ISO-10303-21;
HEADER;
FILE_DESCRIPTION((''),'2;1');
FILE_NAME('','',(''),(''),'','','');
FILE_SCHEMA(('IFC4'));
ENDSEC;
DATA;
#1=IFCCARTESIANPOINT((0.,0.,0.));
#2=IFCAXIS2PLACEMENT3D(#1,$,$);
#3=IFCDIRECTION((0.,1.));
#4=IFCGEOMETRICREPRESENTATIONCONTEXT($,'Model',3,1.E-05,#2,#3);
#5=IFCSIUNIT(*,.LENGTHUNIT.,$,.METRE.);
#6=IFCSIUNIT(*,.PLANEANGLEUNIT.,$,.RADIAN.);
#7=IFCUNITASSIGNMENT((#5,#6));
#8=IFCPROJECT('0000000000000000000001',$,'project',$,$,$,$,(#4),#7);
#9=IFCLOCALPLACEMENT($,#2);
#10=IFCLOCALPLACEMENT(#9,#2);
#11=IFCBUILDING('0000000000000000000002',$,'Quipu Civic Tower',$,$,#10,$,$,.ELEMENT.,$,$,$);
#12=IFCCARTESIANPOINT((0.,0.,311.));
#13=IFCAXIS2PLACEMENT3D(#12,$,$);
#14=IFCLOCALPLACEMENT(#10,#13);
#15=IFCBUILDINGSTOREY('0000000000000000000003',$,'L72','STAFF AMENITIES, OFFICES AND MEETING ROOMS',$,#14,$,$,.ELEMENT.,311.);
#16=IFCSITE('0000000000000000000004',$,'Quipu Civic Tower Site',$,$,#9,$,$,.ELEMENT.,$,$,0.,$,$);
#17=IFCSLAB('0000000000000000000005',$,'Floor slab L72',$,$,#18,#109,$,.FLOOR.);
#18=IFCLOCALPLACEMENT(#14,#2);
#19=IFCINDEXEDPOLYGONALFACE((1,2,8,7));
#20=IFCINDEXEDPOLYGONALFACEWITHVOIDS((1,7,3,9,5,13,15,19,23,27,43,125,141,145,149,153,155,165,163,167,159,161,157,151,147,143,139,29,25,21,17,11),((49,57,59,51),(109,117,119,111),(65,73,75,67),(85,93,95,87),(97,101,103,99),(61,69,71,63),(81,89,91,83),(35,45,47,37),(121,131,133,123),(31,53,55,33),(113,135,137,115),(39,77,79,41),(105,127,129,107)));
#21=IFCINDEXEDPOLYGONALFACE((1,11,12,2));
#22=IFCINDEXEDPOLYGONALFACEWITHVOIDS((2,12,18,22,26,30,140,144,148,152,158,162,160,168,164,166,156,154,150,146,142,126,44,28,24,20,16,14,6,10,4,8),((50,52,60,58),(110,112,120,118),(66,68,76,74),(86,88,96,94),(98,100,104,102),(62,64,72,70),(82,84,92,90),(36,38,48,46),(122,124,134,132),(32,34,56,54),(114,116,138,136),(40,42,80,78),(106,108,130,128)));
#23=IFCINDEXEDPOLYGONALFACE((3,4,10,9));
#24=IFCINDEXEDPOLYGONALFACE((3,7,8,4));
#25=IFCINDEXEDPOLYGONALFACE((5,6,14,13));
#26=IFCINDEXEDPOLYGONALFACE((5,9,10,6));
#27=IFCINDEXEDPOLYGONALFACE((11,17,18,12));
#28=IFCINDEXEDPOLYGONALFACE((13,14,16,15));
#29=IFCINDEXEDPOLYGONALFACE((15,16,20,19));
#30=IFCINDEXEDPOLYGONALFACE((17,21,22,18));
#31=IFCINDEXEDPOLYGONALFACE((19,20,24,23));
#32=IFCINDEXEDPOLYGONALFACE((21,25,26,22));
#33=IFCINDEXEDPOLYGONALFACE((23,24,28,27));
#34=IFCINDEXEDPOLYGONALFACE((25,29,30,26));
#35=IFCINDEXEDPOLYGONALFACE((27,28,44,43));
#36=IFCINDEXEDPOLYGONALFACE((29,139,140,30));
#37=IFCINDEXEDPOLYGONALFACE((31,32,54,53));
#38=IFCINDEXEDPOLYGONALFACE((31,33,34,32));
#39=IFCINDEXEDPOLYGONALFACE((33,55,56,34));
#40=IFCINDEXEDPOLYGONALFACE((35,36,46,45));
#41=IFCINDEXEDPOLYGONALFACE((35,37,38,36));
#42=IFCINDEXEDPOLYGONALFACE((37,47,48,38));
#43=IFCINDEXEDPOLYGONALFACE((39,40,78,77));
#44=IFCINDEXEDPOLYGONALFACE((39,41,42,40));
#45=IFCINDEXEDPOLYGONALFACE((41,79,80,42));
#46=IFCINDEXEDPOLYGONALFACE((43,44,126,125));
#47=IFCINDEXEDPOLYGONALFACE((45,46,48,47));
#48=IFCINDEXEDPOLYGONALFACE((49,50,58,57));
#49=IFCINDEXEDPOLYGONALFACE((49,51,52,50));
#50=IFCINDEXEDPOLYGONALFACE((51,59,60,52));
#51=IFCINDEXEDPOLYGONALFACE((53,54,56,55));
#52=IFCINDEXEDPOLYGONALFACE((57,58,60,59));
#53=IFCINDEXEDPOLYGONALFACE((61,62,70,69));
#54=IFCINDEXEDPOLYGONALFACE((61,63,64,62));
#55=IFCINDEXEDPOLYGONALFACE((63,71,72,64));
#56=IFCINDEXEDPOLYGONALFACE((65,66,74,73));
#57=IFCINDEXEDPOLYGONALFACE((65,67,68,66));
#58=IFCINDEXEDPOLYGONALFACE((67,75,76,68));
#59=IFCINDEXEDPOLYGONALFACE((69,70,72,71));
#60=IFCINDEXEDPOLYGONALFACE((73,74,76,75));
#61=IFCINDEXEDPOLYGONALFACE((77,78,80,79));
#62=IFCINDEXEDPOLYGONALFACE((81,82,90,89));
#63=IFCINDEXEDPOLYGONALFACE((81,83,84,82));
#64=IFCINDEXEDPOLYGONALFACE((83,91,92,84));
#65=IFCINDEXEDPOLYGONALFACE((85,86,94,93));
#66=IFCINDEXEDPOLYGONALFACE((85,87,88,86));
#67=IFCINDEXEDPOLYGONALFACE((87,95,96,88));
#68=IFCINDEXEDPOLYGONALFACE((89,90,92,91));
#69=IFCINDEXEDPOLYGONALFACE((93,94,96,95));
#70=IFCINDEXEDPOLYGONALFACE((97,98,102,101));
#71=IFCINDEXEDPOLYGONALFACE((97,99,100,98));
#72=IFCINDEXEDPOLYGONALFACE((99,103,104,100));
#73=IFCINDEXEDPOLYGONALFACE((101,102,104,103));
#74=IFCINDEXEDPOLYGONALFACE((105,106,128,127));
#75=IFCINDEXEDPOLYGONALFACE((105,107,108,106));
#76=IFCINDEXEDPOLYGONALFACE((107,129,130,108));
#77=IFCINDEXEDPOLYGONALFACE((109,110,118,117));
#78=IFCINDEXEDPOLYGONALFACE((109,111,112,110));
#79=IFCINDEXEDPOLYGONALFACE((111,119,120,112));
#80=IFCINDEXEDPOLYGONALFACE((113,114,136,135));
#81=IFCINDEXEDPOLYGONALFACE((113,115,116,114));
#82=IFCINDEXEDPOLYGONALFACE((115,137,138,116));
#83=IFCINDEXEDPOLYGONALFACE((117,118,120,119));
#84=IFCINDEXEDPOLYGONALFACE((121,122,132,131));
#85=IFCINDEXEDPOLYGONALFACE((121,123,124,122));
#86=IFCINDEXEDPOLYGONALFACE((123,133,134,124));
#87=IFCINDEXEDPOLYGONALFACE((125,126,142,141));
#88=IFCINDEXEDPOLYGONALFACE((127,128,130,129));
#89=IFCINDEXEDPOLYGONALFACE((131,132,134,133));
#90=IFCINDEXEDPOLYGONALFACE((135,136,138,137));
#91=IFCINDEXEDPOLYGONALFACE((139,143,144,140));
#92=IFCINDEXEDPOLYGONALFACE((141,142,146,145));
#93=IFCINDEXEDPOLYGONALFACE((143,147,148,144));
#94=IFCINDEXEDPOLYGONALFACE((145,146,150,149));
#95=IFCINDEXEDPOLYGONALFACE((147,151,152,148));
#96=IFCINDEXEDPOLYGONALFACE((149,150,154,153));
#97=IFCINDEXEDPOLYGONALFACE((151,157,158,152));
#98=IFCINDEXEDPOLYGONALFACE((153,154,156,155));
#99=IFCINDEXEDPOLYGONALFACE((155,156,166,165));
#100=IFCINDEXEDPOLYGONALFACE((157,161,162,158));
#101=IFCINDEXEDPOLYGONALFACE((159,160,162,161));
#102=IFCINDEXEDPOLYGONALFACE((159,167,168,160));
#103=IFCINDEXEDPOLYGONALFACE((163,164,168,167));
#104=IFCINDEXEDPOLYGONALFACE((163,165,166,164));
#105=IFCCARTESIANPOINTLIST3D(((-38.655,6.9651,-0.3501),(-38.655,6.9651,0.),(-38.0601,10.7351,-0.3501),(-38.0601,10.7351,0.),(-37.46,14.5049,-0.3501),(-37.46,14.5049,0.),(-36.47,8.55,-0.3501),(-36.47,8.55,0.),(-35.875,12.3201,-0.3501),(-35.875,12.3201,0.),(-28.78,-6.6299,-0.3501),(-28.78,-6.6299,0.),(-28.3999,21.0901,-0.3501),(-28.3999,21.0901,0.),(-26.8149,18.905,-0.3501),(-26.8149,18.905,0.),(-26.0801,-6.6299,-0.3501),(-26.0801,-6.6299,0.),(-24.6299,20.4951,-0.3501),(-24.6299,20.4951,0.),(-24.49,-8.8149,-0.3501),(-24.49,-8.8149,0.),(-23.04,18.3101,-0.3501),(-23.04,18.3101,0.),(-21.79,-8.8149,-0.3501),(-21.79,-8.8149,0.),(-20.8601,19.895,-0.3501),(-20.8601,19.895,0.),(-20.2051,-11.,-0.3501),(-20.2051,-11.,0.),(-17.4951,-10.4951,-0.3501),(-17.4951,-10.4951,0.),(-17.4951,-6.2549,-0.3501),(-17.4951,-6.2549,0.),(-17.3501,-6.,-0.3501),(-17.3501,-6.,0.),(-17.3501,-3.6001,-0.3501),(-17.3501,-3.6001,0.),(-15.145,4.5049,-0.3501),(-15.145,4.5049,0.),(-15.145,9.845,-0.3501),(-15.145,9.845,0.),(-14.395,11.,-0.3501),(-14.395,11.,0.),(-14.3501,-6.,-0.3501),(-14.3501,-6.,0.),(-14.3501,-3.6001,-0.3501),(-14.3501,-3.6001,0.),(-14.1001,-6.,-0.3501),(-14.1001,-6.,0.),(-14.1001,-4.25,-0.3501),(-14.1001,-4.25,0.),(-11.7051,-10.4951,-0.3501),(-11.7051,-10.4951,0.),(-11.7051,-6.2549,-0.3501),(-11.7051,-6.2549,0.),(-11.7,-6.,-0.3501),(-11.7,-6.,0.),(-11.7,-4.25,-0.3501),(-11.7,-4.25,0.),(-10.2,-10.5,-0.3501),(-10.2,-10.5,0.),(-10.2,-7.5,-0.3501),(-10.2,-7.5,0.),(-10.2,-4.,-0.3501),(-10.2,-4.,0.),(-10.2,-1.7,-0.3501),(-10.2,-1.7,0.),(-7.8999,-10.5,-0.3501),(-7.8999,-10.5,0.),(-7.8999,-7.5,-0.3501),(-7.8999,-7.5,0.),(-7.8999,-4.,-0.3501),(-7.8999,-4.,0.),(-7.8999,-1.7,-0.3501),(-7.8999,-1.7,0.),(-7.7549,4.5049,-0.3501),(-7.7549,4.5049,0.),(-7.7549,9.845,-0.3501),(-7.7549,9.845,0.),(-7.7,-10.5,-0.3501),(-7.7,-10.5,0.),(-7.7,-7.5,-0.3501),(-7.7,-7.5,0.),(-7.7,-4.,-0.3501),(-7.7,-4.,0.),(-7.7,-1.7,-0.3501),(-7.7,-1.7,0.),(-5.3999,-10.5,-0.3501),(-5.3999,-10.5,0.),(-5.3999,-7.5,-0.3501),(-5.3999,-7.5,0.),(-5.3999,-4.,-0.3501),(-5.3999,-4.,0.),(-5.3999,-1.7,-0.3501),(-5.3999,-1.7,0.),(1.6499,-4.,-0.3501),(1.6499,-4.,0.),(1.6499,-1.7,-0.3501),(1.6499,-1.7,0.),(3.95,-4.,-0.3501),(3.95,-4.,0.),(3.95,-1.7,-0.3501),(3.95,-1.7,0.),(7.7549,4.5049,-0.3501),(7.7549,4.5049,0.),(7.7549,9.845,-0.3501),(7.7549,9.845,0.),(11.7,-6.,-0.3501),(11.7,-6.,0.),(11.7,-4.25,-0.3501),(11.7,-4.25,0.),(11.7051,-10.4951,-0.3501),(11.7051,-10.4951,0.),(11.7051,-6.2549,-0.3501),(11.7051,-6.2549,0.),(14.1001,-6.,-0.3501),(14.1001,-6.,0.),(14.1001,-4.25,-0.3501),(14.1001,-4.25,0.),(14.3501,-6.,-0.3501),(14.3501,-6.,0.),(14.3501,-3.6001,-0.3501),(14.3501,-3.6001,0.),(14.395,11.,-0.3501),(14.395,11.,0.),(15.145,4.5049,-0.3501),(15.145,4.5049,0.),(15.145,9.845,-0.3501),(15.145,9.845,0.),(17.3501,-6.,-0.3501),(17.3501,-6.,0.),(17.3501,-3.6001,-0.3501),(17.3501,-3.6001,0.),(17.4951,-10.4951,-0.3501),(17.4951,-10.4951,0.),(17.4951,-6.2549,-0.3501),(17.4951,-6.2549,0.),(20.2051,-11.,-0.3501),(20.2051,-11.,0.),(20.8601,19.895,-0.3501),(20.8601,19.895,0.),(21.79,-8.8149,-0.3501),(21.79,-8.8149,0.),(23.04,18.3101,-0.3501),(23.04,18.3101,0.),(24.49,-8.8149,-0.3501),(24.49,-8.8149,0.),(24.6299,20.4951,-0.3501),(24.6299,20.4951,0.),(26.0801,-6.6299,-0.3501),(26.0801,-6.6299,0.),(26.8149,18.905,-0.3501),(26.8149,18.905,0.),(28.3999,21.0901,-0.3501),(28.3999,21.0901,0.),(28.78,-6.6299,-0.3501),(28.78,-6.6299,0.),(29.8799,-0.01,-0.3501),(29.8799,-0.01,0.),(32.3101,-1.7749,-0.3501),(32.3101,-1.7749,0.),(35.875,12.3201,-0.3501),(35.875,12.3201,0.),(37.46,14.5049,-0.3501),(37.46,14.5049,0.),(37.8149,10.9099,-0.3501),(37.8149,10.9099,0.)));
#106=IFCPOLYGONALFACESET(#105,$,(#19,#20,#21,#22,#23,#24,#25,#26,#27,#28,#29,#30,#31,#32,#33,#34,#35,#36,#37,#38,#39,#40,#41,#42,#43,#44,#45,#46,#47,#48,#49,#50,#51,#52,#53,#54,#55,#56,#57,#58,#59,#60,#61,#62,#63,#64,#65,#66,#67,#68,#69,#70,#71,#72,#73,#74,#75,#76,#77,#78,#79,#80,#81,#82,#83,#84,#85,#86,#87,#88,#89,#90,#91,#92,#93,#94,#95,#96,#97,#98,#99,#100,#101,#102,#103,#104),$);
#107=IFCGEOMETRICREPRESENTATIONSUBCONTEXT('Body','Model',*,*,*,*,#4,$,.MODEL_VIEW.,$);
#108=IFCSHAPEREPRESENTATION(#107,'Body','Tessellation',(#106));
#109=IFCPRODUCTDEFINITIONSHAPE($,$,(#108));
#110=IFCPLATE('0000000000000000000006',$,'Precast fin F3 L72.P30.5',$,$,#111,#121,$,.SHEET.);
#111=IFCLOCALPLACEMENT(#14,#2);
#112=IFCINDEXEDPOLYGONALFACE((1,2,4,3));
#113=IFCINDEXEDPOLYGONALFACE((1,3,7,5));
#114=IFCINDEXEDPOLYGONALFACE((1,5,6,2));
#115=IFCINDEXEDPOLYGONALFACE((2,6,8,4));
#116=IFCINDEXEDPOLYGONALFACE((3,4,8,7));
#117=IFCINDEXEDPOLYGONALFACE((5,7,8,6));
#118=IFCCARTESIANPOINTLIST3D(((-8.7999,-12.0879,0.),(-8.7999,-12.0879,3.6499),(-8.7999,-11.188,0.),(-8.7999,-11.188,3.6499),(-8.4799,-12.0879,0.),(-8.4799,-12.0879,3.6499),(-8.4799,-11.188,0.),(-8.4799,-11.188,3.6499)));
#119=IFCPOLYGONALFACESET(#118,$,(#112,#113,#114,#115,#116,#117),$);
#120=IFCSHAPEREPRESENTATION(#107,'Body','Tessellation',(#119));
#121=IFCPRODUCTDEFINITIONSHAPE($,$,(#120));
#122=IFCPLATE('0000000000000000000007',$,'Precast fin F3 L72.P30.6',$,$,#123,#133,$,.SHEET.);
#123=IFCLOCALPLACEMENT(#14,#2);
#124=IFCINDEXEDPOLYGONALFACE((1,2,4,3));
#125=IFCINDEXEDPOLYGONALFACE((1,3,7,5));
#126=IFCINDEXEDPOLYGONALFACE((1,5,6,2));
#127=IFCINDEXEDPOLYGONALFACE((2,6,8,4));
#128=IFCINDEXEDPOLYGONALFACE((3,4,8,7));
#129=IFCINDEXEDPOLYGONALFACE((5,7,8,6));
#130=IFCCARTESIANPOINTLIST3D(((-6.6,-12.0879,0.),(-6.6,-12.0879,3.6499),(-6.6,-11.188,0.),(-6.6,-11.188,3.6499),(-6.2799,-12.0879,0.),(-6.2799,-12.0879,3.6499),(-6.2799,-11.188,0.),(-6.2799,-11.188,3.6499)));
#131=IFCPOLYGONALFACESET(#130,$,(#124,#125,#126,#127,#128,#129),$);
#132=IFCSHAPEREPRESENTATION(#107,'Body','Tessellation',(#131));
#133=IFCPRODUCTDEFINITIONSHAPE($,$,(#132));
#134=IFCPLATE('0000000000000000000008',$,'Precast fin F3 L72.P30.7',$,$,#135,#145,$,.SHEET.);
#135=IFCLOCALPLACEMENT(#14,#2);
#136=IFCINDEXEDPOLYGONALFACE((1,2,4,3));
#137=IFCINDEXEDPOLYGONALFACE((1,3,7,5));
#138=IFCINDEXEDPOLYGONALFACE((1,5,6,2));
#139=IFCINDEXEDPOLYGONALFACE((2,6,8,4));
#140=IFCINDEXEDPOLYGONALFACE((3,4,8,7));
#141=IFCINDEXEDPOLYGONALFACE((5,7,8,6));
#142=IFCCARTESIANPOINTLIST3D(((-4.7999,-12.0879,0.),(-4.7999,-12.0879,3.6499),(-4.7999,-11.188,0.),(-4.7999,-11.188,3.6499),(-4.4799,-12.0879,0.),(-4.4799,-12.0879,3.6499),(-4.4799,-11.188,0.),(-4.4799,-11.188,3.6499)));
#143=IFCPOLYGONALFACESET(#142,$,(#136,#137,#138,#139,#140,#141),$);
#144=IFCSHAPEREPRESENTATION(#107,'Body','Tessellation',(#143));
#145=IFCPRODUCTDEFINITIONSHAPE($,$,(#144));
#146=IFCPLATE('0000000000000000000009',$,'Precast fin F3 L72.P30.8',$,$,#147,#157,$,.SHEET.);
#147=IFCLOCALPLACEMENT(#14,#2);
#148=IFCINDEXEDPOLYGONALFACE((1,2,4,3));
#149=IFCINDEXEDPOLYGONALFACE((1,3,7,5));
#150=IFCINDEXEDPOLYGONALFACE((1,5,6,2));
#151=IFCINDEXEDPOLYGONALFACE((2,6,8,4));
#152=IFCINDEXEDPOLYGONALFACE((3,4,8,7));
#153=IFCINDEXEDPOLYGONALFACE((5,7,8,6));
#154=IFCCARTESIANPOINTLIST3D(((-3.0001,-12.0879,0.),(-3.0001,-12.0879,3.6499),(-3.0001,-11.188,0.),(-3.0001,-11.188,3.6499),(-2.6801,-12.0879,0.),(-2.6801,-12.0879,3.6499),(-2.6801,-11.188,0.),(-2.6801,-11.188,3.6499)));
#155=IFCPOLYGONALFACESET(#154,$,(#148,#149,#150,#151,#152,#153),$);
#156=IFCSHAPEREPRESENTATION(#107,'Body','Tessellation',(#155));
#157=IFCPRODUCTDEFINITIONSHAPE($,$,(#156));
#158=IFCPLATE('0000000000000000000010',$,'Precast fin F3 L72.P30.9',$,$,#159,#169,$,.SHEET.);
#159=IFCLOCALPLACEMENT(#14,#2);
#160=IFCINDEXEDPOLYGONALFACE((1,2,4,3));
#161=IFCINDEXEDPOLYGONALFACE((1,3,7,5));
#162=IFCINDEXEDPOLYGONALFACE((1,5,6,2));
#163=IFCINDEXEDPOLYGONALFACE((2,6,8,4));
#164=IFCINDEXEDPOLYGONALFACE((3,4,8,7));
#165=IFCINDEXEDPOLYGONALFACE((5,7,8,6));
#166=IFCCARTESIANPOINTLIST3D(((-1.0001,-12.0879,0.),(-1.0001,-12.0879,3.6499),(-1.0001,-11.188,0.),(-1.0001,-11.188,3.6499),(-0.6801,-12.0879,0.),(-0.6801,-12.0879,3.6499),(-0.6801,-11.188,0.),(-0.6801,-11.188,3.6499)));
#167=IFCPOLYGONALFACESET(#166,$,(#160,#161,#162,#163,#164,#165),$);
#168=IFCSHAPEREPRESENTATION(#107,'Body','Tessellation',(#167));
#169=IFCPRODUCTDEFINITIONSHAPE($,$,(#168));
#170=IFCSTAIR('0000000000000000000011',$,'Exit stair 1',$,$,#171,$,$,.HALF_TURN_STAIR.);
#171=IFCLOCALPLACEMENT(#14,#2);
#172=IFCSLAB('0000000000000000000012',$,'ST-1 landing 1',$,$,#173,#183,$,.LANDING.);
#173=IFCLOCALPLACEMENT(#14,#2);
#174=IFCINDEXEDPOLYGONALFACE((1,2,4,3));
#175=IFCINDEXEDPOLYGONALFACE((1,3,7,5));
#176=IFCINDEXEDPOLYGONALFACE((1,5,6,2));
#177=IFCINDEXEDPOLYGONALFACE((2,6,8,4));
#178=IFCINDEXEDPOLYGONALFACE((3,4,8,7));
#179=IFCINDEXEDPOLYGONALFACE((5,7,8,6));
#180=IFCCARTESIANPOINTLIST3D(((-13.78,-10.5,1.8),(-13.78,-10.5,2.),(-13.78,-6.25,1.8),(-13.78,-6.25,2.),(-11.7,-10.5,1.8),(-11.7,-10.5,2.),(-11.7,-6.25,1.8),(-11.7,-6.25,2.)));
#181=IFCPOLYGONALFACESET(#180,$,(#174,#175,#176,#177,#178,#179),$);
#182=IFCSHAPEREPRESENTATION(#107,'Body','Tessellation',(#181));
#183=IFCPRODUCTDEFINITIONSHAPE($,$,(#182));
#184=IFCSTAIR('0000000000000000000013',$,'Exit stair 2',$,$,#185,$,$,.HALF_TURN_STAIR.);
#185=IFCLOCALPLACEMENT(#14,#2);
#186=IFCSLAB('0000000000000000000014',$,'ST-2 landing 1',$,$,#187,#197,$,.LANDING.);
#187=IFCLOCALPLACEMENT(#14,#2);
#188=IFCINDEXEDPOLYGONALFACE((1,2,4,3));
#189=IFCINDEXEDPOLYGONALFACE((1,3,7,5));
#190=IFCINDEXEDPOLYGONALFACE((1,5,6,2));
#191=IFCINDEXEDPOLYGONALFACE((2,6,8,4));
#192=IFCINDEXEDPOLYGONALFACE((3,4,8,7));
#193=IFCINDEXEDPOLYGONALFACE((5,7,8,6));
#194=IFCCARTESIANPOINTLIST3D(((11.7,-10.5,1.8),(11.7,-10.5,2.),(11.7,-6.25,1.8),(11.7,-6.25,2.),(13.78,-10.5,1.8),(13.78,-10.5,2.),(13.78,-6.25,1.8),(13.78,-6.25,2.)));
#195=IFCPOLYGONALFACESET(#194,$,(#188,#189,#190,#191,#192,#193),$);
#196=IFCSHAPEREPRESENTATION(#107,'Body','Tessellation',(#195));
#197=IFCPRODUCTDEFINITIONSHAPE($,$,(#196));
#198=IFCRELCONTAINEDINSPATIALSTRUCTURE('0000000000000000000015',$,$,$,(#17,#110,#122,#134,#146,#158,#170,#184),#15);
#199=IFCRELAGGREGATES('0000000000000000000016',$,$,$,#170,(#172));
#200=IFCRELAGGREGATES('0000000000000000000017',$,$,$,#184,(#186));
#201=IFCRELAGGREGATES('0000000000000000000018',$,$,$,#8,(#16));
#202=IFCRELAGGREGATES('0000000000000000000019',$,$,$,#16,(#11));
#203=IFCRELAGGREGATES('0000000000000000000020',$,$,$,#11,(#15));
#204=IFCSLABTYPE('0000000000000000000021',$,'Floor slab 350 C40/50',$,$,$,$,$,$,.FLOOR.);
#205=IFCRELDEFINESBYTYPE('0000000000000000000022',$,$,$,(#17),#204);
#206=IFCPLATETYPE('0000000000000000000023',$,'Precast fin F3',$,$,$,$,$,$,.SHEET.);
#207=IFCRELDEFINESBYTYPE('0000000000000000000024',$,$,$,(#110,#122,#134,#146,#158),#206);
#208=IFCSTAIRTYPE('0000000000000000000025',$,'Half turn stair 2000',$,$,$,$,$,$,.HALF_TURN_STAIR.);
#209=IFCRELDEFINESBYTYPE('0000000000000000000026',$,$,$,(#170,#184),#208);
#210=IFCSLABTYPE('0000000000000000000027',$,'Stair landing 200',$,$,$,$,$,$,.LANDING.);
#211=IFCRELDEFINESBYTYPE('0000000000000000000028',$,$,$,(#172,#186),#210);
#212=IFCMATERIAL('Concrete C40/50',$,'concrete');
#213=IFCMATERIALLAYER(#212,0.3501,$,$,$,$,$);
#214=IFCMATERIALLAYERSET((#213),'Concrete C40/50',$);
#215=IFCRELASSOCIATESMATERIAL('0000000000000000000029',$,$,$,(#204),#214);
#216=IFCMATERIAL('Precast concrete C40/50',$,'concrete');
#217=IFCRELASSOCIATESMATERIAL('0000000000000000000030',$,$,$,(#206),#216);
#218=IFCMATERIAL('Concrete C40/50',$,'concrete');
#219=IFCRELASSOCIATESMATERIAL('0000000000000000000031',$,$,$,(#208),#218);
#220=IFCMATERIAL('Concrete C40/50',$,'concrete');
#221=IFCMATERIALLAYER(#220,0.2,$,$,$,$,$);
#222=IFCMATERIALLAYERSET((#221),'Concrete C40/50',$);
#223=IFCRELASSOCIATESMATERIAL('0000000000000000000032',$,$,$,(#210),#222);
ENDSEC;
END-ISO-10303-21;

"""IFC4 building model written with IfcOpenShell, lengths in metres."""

from ifc_helpers import new_model, si_unit, direction, frame, origin, origin_2d, place, context, subcontext, project, spatial, polyline, rectangle, outline, extrude, material, layer, layer_set, type_object, element, aggregate, save


model = new_model("IFC4")

# Units and contexts
model_context = context("Model", 3, precision=1e-05, world=origin(), true_north=direction((0.0, 1.0)))
body_context = subcontext(model_context, "Body", "Model", "MODEL_VIEW")
ifc_project = project(units=[si_unit("LENGTHUNIT", "METRE"), si_unit("PLANEANGLEUNIT", "RADIAN")], contexts=[model_context])

# Site, building, storey
site_placement = place(None, origin())
site = spatial("IfcSite", under=ifc_project, at=site_placement, Name="Quipu Civic Tower Site", CompositionType="ELEMENT", RefElevation=0.0)
building_placement = place(site_placement, origin())
building = spatial("IfcBuilding", under=site, at=building_placement, Name="Quipu Civic Tower", CompositionType="ELEMENT")
storey_placement = place(building_placement, frame((0.0, 0.0, 311.0)))
storey = spatial("IfcBuildingStorey", under=building, at=storey_placement, Name="L72", Description="STAFF AMENITIES, OFFICES AND MEETING ROOMS", CompositionType="ELEMENT", Elevation=311.0)

# Slab
ifc_material_1 = material(Name="Concrete C40/50", Category="concrete")
ifc_layer_1 = layer(ifc_material_1, 0.3501)
ifc_layer_set_1 = layer_set([ifc_layer_1], Name="Concrete C40/50")
slab_type_1 = type_object("IfcSlabType", Name="Floor slab 350 C40/50", PredefinedType="FLOOR", material=ifc_layer_set_1)
slab_1_placement = place(storey_placement, frame((0.0, 0.0, -0.3501)))
element("IfcSlab", 1, at=slab_1_placement, inside=storey, type_object=slab_type_1, Name="Floor slab L72", PredefinedType="FLOOR", context=body_context, shape_type="SweptSolid", body=[
    extrude(outline(polyline([(24.49, -8.8149), (21.79, -8.8149), (20.2051, -11.0), (-20.2051, -11.0), (-21.79, -8.8149), (-24.49, -8.8149), (-26.0801, -6.6299), (-28.78, -6.6299), (-38.655, 6.9651), (-36.47, 8.55), (-38.0601, 10.7351), (-35.875, 12.3201), (-37.46, 14.5049), (-28.3999, 21.0901), (-26.8149, 18.905), (-24.6299, 20.4951), (-23.04, 18.3101), (-20.8601, 19.895), (-14.395, 11.0), (14.395, 11.0), (20.8601, 19.895), (23.04, 18.3101), (24.6299, 20.4951), (26.8149, 18.905), (28.3999, 21.0901), (37.46, 14.5049), (35.875, 12.3201), (37.8149, 10.9099), (29.8799, -0.01), (32.3101, -1.7749), (28.78, -6.6299), (26.0801, -6.6299), (24.49, -8.8149)]), holes=[polyline([(-10.2, -10.5), (-7.8999, -10.5), (-7.8999, -7.5), (-10.2, -7.5), (-10.2, -10.5)]), polyline([(-7.7, -7.5), (-7.7, -10.5), (-5.3999, -10.5), (-5.3999, -7.5), (-7.7, -7.5)]), polyline([(-11.7051, -6.2549), (-17.4951, -6.2549), (-17.4951, -10.4951), (-11.7051, -10.4951), (-11.7051, -6.2549)]), polyline([(-14.1001, -6.0), (-11.7, -6.0), (-11.7, -4.25), (-14.1001, -4.25), (-14.1001, -6.0)]), polyline([(-17.3501, -3.6001), (-17.3501, -6.0), (-14.3501, -6.0), (-14.3501, -3.6001), (-17.3501, -3.6001)]), polyline([(-10.2, -1.7), (-10.2, -4.0), (-7.8999, -4.0), (-7.8999, -1.7), (-10.2, -1.7)]), polyline([(-15.145, 9.845), (-15.145, 4.5049), (-7.7549, 4.5049), (-7.7549, 9.845), (-15.145, 9.845)]), polyline([(11.7051, -10.4951), (17.4951, -10.4951), (17.4951, -6.2549), (11.7051, -6.2549), (11.7051, -10.4951)]), polyline([(11.7, -4.25), (11.7, -6.0), (14.1001, -6.0), (14.1001, -4.25), (11.7, -4.25)]), polyline([(14.3501, -3.6001), (14.3501, -6.0), (17.3501, -6.0), (17.3501, -3.6001), (14.3501, -3.6001)]), polyline([(-7.7, -1.7), (-7.7, -4.0), (-5.3999, -4.0), (-5.3999, -1.7), (-7.7, -1.7)]), polyline([(1.6499, -1.7), (1.6499, -4.0), (3.95, -4.0), (3.95, -1.7), (1.6499, -1.7)]), polyline([(7.7549, 4.5049), (15.145, 4.5049), (15.145, 9.845), (7.7549, 9.845), (7.7549, 4.5049)])]), origin(), (0.0, 0.0, 1.0), 0.3501),
])

# Plates
ifc_material_2 = material(Name="Precast concrete C40/50", Category="concrete")
plate_type = type_object("IfcPlateType", Name="Precast fin F3", PredefinedType="SHEET", material=ifc_material_2)
for number, where, z_axis, x_axis, name in (
    (2, (-8.6399, -11.6379, 0.0), (0.0, 0.0, 1.0), (1.0, 0.0, 0.0), "Precast fin F3 L72.P30.5"),
    (3, (-6.4399, -11.6379, 0.0), (0.0, 0.0, 1.0), (1.0, 0.0, 0.0), "Precast fin F3 L72.P30.6"),
    (4, (-4.6399, -11.6379, 0.0), (0.0, 0.0, 1.0), (1.0, 0.0, 0.0), "Precast fin F3 L72.P30.7"),
    (5, (-2.8401, -11.6379, 0.0), (0.0, 0.0, 1.0), (1.0, 0.0, 0.0), "Precast fin F3 L72.P30.8"),
    (6, (-0.8401, -11.6379, 0.0), (0.0, 0.0, 1.0), (1.0, 0.0, 0.0), "Precast fin F3 L72.P30.9"),
):
    element("IfcPlate", number, at=place(storey_placement, frame(where, z_axis=z_axis, x_axis=x_axis)), inside=storey, type_object=plate_type, Name=name, PredefinedType="SHEET", context=body_context, shape_type="SweptSolid", body=[
        extrude(rectangle(XDim=0.3201, YDim=0.8999, at=origin_2d()), origin(), (0.0, 0.0, 1.0), 3.6499),
    ])

# Stairs, slabs
ifc_material_3 = material(Name="Concrete C40/50", Category="concrete")
stair_type = type_object("IfcStairType", Name="Half turn stair 2000", PredefinedType="HALF_TURN_STAIR", material=ifc_material_3)
stair_1_placement = place(storey_placement, origin())
stair_1 = element("IfcStair", 7, at=stair_1_placement, inside=storey, type_object=stair_type, Name="Exit stair 1", PredefinedType="HALF_TURN_STAIR")
ifc_material_4 = material(Name="Concrete C40/50", Category="concrete")
ifc_layer_2 = layer(ifc_material_4, 0.2)
ifc_layer_set_2 = layer_set([ifc_layer_2], Name="Concrete C40/50")
slab_type_2 = type_object("IfcSlabType", Name="Stair landing 200", PredefinedType="LANDING", material=ifc_layer_set_2)
slab_2_placement = place(storey_placement, frame((0.0, 0.0, 1.8)))
slab_2 = element("IfcSlab", 8, at=slab_2_placement, type_object=slab_type_2, Name="ST-1 landing 1", PredefinedType="LANDING", context=body_context, shape_type="SweptSolid", body=[
    extrude(outline(polyline([(-13.78, -10.5), (-11.7, -10.5), (-11.7, -6.25), (-13.78, -6.25), (-13.78, -10.5)])), origin(), (0.0, 0.0, 1.0), 0.2),
])
aggregate(stair_1, [slab_2])
stair_2_placement = place(storey_placement, origin())
stair_2 = element("IfcStair", 9, at=stair_2_placement, inside=storey, type_object=stair_type, Name="Exit stair 2", PredefinedType="HALF_TURN_STAIR")
slab_3_placement = place(storey_placement, frame((0.0, 0.0, 1.8)))
slab_3 = element("IfcSlab", 10, at=slab_3_placement, type_object=slab_type_2, Name="ST-2 landing 1", PredefinedType="LANDING", context=body_context, shape_type="SweptSolid", body=[
    extrude(outline(polyline([(13.78, -6.25), (11.7, -6.25), (11.7, -10.5), (13.78, -10.5), (13.78, -6.25)])), origin(), (0.0, 0.0, 1.0), 0.2),
])
aggregate(stair_2, [slab_3])

save(model, "model.ifc")
